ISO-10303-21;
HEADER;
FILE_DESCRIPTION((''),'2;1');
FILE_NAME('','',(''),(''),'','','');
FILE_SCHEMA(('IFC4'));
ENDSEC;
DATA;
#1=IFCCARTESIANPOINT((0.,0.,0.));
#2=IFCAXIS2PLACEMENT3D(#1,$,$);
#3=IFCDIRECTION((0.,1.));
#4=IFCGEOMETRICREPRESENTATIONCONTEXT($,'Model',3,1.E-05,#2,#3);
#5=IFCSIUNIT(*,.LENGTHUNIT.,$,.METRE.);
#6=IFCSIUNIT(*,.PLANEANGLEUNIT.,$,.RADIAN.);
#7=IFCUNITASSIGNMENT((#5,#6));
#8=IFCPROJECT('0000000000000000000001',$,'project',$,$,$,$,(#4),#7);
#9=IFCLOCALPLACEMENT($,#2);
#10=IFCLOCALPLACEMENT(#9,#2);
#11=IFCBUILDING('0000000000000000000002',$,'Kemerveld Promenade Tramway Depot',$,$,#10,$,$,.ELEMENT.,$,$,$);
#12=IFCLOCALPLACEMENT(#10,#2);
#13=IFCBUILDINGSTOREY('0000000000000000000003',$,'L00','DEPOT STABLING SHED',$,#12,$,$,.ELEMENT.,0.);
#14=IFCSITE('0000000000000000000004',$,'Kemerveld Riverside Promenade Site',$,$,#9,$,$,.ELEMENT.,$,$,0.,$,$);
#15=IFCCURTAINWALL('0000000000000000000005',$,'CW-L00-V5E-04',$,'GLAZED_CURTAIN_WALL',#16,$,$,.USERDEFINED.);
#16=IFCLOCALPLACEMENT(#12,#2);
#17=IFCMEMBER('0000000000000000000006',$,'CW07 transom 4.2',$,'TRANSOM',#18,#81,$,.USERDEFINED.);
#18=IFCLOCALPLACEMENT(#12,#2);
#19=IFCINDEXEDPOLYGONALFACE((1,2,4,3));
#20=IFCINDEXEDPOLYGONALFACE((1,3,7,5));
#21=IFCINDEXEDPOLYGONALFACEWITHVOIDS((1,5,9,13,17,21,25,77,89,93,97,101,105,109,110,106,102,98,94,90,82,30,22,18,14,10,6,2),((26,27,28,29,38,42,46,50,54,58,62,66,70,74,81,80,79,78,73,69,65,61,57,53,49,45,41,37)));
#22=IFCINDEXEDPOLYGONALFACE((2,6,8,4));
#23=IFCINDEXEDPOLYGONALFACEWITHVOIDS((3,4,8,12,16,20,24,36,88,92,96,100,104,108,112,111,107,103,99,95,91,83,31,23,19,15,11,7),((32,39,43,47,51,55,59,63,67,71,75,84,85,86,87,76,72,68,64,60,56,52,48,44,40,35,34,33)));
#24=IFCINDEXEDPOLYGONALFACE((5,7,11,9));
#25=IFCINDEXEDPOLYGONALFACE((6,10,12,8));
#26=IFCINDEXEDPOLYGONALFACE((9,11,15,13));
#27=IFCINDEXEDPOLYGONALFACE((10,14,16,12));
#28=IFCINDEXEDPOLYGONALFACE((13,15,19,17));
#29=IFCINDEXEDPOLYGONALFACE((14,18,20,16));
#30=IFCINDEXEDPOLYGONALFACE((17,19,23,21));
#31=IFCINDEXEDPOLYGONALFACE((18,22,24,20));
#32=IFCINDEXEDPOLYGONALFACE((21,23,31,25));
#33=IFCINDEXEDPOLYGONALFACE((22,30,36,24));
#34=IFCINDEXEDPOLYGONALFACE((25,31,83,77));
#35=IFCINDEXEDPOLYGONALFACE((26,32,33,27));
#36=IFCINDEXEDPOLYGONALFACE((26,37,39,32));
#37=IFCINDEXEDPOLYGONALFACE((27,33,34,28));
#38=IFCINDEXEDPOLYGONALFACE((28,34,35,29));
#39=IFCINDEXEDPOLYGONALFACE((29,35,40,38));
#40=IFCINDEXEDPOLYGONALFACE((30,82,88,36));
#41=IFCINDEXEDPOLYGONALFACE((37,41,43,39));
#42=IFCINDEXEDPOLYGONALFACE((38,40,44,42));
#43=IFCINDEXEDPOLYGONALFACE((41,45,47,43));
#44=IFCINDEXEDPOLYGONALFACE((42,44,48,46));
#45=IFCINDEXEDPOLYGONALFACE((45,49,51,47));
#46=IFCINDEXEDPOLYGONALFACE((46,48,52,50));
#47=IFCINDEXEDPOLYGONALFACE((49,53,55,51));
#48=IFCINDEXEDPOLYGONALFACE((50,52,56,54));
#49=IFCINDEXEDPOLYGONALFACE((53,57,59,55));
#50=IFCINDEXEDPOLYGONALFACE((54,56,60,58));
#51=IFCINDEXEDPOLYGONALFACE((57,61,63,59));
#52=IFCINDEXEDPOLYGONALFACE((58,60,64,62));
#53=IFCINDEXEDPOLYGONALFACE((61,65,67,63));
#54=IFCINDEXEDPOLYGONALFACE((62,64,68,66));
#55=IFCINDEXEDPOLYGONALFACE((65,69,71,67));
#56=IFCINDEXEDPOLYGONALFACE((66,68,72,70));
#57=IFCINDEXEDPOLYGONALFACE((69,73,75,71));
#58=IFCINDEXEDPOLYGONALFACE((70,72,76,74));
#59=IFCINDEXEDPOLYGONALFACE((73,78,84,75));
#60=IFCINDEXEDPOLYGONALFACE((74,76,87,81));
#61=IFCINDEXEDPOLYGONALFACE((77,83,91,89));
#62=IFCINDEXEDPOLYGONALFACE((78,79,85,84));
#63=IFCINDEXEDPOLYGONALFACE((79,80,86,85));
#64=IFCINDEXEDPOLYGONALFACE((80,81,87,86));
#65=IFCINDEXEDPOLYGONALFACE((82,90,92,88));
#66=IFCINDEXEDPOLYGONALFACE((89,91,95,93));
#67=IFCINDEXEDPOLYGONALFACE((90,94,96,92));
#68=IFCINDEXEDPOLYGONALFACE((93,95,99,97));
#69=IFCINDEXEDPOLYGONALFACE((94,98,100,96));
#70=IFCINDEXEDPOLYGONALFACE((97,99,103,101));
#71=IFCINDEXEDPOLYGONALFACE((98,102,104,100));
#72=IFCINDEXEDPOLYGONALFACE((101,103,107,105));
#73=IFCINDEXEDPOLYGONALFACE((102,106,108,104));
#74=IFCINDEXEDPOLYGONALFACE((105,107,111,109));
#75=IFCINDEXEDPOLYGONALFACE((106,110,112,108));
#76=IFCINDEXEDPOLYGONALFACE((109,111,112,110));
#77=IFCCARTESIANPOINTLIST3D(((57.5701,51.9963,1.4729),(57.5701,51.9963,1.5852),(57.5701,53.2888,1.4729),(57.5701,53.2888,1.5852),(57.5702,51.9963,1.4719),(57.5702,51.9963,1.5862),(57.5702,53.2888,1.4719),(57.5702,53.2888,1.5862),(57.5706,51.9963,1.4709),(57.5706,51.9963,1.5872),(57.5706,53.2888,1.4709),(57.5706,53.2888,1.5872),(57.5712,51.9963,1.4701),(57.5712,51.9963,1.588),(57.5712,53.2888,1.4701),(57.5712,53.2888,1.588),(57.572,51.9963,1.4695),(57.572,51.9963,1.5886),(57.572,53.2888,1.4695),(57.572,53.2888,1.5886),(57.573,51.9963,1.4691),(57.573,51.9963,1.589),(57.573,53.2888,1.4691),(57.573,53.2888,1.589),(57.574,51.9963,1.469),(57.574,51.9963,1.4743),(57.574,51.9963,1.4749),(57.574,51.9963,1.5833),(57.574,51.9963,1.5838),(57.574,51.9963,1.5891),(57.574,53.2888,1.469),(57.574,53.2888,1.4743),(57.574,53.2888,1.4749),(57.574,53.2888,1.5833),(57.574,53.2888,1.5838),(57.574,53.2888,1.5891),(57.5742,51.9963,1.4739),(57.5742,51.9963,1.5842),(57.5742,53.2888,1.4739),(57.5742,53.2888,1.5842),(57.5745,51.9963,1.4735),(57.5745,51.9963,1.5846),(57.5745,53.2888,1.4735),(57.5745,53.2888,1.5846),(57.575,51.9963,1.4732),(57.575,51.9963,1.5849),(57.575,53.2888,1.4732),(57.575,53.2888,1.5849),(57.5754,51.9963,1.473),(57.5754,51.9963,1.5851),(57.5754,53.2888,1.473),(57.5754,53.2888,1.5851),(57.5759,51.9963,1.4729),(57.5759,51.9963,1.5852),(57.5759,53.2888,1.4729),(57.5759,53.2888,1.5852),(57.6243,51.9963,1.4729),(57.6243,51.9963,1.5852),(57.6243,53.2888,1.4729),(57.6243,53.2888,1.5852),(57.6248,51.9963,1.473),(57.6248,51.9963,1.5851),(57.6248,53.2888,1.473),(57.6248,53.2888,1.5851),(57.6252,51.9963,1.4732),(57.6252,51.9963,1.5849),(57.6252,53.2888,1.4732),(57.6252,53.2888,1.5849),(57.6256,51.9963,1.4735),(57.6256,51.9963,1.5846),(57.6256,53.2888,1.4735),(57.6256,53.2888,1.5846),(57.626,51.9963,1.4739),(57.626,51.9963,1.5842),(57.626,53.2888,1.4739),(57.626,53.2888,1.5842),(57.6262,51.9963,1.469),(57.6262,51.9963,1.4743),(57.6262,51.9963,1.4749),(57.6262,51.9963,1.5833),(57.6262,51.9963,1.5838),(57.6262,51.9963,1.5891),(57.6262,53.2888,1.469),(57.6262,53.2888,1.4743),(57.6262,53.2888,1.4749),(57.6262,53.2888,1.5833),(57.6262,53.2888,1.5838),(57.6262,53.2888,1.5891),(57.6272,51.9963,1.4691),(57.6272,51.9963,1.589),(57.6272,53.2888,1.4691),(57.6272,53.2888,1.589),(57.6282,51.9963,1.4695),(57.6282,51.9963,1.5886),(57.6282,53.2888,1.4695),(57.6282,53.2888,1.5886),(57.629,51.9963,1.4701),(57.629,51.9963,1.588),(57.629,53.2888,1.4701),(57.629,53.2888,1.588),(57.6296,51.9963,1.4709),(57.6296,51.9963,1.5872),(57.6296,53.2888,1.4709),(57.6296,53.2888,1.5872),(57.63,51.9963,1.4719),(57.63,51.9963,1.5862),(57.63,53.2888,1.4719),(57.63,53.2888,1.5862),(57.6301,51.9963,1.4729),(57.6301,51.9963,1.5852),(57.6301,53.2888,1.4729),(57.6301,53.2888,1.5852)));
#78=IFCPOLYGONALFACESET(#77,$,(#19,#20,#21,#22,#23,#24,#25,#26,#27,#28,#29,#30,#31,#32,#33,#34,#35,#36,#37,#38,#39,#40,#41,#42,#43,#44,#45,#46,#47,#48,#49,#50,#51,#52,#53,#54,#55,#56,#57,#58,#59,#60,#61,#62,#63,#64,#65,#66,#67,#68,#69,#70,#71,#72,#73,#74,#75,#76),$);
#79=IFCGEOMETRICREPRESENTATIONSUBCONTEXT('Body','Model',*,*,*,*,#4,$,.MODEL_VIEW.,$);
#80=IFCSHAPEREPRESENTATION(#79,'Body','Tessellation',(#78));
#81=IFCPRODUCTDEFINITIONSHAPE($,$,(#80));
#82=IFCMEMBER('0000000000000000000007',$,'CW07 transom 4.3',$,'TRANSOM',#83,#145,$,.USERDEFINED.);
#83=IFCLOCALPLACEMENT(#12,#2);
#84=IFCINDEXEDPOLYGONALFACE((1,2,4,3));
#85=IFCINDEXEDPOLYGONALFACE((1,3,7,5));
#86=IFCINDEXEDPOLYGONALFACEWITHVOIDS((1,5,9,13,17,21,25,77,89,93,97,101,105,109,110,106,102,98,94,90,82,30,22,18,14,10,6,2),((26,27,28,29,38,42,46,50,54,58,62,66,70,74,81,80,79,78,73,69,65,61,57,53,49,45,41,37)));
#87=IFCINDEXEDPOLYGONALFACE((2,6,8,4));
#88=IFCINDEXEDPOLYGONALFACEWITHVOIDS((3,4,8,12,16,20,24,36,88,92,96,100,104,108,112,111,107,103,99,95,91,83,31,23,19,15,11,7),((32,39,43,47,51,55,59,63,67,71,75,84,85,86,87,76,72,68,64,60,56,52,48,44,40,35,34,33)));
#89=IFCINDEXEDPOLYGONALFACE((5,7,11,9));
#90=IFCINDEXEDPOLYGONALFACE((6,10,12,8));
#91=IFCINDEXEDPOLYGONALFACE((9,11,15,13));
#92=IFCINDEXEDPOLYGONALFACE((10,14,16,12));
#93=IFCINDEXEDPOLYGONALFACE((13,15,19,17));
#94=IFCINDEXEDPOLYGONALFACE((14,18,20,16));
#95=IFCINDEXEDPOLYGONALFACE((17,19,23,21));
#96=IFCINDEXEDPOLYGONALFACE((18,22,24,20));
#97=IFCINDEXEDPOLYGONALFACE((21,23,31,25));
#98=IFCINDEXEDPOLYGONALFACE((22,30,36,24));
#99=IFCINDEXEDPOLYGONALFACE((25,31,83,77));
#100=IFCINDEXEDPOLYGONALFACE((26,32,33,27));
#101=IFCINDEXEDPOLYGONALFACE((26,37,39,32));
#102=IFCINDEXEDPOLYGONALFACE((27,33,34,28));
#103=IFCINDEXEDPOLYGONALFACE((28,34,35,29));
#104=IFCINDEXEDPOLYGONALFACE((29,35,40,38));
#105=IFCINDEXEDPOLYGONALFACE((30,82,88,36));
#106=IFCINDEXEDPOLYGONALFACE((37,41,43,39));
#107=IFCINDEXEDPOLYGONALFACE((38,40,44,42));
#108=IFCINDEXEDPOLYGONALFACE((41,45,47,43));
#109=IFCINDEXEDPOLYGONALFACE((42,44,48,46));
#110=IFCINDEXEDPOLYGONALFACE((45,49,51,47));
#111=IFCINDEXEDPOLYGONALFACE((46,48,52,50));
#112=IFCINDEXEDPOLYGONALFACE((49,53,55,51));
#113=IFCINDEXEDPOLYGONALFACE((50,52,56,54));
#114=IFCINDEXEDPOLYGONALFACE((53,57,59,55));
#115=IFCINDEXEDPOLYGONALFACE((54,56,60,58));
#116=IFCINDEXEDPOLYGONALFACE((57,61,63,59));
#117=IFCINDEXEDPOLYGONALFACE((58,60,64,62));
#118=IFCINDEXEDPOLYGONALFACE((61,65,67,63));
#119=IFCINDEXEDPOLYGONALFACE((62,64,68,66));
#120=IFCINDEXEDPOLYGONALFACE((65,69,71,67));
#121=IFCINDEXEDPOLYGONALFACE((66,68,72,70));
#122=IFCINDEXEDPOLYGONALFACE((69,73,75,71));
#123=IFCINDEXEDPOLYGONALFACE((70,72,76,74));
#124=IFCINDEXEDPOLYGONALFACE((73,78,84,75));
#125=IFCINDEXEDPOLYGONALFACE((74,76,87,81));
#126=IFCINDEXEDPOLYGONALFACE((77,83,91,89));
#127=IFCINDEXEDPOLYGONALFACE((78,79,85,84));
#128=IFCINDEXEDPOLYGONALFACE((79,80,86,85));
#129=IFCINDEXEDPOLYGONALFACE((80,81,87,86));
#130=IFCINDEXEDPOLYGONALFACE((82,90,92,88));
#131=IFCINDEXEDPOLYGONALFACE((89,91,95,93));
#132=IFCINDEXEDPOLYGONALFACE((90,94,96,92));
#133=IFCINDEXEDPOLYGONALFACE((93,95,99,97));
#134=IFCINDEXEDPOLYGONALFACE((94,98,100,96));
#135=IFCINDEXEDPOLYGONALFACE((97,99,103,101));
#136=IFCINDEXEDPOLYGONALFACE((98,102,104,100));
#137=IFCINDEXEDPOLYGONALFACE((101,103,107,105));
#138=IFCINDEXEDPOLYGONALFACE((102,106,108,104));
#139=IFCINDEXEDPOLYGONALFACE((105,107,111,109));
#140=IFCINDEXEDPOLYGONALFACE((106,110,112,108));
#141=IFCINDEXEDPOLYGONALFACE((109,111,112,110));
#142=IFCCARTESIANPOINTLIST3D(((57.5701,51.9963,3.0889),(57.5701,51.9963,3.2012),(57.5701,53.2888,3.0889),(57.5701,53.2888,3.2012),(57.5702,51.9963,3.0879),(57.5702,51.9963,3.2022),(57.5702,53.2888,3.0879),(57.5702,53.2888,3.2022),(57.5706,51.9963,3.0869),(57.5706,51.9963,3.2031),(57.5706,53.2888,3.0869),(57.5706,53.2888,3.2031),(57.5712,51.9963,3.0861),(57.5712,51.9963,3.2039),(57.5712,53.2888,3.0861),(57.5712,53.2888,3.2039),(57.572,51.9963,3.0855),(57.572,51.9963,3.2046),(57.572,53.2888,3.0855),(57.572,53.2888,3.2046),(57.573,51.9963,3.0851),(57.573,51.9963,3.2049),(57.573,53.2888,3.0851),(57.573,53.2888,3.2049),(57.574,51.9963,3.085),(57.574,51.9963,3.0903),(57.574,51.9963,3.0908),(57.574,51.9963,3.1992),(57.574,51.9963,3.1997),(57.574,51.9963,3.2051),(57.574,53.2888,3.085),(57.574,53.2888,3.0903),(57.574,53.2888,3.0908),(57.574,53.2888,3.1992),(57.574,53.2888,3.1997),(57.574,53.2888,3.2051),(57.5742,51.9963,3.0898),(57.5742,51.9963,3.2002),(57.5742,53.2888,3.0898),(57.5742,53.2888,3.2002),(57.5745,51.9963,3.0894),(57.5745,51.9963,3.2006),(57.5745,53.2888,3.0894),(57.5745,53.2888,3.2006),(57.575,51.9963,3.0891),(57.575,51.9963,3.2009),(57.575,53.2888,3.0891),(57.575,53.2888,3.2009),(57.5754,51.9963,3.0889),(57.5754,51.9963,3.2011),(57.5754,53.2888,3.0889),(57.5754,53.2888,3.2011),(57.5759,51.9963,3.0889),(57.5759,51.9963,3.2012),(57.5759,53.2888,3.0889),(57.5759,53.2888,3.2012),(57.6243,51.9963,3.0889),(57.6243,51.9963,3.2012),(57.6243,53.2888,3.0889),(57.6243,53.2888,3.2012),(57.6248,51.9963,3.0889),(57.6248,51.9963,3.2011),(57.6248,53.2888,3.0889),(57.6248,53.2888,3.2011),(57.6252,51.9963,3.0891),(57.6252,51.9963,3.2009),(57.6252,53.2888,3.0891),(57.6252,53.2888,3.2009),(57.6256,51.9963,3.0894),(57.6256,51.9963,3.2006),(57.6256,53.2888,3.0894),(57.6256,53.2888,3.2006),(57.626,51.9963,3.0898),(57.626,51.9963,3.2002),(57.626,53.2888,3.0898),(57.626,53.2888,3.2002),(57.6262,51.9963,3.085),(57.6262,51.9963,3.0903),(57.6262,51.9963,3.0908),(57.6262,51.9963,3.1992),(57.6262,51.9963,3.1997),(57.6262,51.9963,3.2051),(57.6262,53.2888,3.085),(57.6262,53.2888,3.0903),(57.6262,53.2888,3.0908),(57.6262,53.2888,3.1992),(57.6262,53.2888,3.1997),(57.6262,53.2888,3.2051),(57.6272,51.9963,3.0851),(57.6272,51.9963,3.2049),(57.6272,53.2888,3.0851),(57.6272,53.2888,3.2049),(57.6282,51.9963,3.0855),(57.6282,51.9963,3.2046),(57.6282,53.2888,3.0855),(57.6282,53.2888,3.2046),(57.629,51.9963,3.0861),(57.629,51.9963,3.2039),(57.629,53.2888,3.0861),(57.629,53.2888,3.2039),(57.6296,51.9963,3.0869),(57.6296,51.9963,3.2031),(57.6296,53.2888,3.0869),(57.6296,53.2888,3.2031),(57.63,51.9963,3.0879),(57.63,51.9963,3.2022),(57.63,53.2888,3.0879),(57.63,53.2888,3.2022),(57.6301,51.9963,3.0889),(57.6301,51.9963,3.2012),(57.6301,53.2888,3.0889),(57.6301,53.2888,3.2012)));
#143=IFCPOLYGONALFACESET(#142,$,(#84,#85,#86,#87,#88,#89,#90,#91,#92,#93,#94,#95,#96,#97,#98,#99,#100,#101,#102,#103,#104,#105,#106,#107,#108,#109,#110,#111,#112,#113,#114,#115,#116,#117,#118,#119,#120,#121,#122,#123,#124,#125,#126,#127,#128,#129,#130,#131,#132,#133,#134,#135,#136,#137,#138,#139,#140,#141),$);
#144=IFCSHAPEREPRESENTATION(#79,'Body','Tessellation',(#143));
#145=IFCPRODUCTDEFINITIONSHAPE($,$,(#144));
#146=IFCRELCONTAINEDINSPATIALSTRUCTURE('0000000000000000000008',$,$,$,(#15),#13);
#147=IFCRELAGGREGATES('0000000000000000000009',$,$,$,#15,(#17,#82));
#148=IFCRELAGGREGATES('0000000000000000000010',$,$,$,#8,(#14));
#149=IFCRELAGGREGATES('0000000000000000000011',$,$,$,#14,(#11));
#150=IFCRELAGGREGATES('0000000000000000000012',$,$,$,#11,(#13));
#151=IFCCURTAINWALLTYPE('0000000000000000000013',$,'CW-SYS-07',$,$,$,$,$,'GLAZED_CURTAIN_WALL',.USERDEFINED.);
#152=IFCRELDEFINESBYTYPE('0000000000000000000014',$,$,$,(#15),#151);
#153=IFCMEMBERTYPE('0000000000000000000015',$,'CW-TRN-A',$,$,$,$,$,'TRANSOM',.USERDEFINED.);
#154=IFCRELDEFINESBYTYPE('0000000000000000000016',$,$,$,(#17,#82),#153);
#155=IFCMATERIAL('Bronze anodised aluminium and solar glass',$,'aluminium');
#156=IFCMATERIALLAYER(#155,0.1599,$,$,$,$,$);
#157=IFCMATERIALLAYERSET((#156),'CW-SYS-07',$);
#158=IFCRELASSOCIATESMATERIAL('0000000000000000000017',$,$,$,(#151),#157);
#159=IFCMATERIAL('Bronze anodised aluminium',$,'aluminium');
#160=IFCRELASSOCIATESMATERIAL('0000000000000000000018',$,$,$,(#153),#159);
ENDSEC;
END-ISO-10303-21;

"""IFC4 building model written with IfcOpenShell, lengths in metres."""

from ifc_helpers import new_model, si_unit, direction, frame, origin, origin_2d, place, context, subcontext, project, spatial, hollow_rectangle, extrude, material, layer, layer_set, material_profile, profile_set, type_object, element, aggregate, save


model = new_model("IFC4")

# Units and contexts
model_context = context("Model", 3, precision=1e-05, world=origin(), true_north=direction((0.0, 1.0)))
body_context = subcontext(model_context, "Body", "Model", "MODEL_VIEW")
ifc_project = project(units=[si_unit("LENGTHUNIT", "METRE"), si_unit("PLANEANGLEUNIT", "RADIAN")], contexts=[model_context])

# Site, building, storey
site_placement = place(None, origin())
site = spatial("IfcSite", under=ifc_project, at=site_placement, Name="Kemerveld Riverside Promenade Site", CompositionType="ELEMENT", RefElevation=0.0)
building_placement = place(site_placement, origin())
building = spatial("IfcBuilding", under=site, at=building_placement, Name="Kemerveld Promenade Tramway Depot", CompositionType="ELEMENT")
storey_placement = place(building_placement, origin())
storey = spatial("IfcBuildingStorey", under=building, at=storey_placement, Name="L00", Description="DEPOT STABLING SHED", CompositionType="ELEMENT", Elevation=0.0)

# Curtain wall
ifc_material_1 = material(Name="Bronze anodised aluminium and solar glass", Category="aluminium")
ifc_layer_1 = layer(ifc_material_1, 0.1599)
ifc_layer_set_1 = layer_set([ifc_layer_1], Name="CW-SYS-07")
curtain_wall_type_1 = type_object("IfcCurtainWallType", Name="CW-SYS-07", ElementType="GLAZED_CURTAIN_WALL", PredefinedType="USERDEFINED", material=ifc_layer_set_1)
curtain_wall_1_placement = place(storey_placement, origin())
curtain_wall_1 = element("IfcCurtainWall", 1, at=curtain_wall_1_placement, inside=storey, type_object=curtain_wall_type_1, Name="CW-L00-V5E-04", ObjectType="GLAZED_CURTAIN_WALL", PredefinedType="USERDEFINED")
ifc_material_2 = material(Name="Bronze anodised aluminium", Category="aluminium")

# Members
ifc_material_profile_1 = material_profile(ifc_material_2, hollow_rectangle(XDim=0.0601, YDim=0.1201, WallThickness=0.0039, InnerFilletRadius=0.002, OuterFilletRadius=0.0039, at=origin_2d()), Name="CW-TRN-120x60")
ifc_profile_set_1 = profile_set([ifc_material_profile_1], Name="Bronze anodised aluminium")
member_type_1 = type_object("IfcMemberType", Name="CW-TRN-A", ElementType="TRANSOM", PredefinedType="USERDEFINED", material=ifc_profile_set_1)
member_1_placement = place(storey_placement, frame((57.6001, 53.2888, 1.5291), z_axis=(0.0, -1.0, 0.0), x_axis=(1.0, 0.0, 0.0)))
member_1 = element("IfcMember", 2, at=member_1_placement, type_object=member_type_1, Name="CW07 transom 4.2", ObjectType="TRANSOM", PredefinedType="USERDEFINED", context=body_context, shape_type="SweptSolid", body=[
    extrude(hollow_rectangle(XDim=0.0601, YDim=0.1201, WallThickness=0.0039, InnerFilletRadius=0.002, OuterFilletRadius=0.0039, at=origin_2d()), origin(), (0.0, 0.0, 1.0), 1.2925),
])
member_2_placement = place(storey_placement, frame((57.6001, 53.2888, 3.145), z_axis=(0.0, -1.0, 0.0), x_axis=(1.0, 0.0, 0.0)))
member_2 = element("IfcMember", 3, at=member_2_placement, type_object=member_type_1, Name="CW07 transom 4.3", ObjectType="TRANSOM", PredefinedType="USERDEFINED", context=body_context, shape_type="SweptSolid", body=[
    extrude(hollow_rectangle(XDim=0.0601, YDim=0.1201, WallThickness=0.0039, InnerFilletRadius=0.002, OuterFilletRadius=0.0039, at=origin_2d()), origin(), (0.0, 0.0, 1.0), 1.2925),
])

aggregate(curtain_wall_1, [member_1, member_2])

save(model, "model.ifc")
